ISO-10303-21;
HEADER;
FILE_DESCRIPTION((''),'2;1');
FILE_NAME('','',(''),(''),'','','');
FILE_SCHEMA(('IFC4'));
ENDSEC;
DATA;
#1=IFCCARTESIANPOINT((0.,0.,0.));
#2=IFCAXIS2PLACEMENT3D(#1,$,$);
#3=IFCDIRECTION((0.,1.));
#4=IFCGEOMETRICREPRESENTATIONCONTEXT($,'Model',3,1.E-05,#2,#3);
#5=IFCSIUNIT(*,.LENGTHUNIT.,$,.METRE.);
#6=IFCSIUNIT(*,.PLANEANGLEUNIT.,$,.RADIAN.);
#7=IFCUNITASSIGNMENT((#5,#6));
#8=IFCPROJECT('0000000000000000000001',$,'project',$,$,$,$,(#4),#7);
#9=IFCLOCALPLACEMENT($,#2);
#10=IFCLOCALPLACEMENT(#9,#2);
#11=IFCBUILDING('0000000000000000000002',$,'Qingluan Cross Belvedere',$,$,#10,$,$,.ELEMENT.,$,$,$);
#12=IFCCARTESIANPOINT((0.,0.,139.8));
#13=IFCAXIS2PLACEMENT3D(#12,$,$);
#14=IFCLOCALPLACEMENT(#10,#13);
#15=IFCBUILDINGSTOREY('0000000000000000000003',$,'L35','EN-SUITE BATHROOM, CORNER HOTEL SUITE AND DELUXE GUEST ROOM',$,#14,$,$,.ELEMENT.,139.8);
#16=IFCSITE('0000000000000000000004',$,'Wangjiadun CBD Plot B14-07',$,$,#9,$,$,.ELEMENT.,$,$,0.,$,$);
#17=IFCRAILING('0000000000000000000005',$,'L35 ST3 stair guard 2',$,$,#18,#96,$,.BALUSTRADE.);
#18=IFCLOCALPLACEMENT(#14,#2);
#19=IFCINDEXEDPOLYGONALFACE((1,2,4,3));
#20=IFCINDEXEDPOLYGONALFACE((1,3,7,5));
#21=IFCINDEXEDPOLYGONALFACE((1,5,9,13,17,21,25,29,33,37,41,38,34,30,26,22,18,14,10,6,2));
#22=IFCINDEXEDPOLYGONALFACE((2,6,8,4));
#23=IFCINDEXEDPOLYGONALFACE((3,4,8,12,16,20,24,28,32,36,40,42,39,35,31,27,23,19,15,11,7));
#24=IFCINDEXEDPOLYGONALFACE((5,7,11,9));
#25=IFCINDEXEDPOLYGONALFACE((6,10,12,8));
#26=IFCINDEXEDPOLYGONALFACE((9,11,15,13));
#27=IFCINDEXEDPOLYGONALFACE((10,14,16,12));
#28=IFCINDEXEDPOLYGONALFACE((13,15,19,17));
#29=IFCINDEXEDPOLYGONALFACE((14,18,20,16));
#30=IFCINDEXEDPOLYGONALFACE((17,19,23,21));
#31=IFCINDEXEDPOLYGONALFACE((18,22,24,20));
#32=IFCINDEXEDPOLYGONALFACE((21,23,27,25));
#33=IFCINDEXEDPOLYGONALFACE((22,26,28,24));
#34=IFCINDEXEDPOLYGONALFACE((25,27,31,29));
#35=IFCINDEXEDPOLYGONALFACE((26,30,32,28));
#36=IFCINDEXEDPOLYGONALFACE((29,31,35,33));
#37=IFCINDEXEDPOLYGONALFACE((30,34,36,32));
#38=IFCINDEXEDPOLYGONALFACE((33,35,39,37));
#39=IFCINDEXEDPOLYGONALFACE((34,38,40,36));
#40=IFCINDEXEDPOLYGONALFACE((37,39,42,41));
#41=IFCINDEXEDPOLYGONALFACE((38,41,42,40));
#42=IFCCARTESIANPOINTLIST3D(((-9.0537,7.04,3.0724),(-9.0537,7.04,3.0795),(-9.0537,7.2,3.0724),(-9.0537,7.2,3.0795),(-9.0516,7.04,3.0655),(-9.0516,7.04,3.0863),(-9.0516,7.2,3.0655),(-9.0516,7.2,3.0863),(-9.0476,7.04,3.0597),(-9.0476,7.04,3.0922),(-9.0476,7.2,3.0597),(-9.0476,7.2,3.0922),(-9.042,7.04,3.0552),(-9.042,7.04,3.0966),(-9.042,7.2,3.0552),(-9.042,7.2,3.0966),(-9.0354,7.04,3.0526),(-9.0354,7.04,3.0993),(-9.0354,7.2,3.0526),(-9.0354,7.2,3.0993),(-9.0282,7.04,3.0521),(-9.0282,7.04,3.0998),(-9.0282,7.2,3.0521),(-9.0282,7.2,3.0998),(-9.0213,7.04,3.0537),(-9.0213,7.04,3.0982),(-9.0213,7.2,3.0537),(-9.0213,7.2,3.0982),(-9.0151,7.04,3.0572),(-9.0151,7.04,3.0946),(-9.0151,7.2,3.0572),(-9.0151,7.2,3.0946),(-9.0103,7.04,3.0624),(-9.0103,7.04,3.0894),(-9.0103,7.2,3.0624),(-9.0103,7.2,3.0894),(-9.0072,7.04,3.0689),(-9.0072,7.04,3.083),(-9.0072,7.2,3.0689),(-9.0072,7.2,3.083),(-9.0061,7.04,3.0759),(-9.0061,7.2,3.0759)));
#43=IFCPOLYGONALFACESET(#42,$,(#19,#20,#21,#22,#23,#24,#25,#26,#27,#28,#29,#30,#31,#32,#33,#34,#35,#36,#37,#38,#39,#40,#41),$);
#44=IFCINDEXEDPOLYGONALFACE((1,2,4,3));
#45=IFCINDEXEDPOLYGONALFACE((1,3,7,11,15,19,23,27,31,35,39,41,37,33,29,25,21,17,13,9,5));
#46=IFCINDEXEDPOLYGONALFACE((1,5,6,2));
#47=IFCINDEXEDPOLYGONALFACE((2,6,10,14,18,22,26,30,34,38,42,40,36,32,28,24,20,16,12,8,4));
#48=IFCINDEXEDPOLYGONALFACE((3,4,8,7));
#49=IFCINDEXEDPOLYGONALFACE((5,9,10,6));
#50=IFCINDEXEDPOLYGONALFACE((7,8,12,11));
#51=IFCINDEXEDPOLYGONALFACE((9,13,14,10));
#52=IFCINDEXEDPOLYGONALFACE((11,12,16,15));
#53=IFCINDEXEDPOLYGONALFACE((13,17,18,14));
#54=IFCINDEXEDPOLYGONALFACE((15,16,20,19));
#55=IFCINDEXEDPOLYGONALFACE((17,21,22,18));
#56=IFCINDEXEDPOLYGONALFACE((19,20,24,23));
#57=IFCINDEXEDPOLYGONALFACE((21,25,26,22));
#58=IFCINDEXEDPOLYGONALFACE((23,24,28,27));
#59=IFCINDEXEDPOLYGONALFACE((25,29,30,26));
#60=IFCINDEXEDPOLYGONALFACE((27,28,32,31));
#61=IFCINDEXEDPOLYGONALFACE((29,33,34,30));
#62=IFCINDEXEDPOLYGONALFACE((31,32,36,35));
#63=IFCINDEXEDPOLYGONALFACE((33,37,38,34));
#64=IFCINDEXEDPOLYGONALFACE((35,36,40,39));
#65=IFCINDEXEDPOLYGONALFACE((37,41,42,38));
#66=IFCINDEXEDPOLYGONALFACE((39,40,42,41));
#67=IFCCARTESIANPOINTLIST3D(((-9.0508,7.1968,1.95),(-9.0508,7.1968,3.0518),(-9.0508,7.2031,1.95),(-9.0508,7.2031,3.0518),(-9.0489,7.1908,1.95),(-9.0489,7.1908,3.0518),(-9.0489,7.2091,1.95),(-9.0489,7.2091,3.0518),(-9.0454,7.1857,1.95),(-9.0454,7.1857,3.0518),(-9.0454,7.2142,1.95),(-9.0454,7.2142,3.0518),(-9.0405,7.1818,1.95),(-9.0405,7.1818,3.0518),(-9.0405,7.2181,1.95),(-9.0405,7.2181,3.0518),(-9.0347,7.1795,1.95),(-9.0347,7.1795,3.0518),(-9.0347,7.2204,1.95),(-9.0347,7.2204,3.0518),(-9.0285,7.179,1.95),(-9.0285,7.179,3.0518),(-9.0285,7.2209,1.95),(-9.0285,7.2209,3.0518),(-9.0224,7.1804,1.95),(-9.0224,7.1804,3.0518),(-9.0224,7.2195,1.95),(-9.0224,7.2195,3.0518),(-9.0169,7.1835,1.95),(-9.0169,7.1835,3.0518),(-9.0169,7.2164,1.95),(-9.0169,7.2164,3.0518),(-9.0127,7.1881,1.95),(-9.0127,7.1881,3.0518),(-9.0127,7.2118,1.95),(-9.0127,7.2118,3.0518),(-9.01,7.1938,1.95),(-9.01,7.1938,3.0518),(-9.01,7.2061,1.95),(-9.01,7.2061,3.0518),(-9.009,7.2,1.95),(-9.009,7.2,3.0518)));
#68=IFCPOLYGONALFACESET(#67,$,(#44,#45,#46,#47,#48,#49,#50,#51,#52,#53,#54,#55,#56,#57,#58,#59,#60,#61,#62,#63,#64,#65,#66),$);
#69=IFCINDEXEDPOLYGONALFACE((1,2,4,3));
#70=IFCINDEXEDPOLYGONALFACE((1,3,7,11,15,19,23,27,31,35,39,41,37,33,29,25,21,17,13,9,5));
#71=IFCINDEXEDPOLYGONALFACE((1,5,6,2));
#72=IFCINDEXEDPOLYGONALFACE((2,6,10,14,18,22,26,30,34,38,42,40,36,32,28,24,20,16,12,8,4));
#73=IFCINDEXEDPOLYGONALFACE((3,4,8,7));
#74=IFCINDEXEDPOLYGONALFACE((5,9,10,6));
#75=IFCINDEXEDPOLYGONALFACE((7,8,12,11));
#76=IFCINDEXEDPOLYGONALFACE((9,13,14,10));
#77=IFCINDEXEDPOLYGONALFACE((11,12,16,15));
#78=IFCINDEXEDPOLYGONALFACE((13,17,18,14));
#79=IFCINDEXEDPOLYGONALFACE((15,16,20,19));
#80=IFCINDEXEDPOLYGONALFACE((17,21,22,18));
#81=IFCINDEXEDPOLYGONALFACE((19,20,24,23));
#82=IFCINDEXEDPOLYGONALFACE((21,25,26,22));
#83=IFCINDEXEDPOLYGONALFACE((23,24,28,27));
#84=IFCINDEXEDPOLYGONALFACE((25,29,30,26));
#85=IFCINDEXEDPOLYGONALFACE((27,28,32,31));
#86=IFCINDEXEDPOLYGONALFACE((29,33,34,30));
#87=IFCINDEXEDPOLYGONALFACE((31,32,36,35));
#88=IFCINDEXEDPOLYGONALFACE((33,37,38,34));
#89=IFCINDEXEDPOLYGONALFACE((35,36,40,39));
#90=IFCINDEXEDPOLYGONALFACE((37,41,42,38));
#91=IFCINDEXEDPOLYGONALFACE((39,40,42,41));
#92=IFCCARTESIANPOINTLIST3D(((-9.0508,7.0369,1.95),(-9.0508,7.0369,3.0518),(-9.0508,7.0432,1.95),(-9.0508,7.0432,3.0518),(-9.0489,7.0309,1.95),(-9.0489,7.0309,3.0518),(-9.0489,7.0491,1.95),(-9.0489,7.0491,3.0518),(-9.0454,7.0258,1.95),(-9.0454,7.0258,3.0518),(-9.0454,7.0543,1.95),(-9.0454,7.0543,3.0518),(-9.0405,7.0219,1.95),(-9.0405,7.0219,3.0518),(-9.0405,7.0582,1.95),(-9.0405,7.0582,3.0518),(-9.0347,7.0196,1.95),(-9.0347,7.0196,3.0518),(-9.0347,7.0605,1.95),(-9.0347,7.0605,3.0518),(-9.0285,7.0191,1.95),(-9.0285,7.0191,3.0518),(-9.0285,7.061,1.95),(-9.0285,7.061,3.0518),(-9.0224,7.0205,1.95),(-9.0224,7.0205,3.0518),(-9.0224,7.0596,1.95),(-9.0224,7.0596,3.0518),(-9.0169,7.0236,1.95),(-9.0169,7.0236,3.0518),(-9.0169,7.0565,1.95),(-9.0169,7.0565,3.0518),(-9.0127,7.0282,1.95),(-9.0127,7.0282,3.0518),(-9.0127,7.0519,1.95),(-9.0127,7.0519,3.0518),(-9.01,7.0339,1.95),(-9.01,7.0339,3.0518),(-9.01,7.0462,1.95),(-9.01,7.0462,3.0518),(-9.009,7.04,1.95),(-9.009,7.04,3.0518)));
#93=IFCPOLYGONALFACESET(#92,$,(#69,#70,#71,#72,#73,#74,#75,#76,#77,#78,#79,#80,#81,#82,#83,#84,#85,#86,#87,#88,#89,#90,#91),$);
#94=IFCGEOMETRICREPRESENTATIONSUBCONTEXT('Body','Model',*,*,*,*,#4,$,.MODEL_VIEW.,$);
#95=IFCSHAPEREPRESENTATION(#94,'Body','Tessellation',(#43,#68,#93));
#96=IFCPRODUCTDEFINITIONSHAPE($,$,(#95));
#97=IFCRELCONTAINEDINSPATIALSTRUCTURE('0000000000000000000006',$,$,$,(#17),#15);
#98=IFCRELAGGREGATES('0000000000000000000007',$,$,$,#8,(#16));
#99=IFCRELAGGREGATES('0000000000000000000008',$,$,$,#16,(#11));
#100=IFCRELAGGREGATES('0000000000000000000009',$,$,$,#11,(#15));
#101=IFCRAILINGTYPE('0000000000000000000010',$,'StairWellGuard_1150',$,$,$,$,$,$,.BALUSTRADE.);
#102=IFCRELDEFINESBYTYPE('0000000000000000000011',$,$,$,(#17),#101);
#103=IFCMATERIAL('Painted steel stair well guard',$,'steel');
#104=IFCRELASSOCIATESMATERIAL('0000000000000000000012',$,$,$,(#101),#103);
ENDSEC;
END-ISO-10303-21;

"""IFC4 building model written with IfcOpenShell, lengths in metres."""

from ifc_helpers import new_model, si_unit, direction, frame, origin, origin_2d, place, context, subcontext, project, spatial, circle, extrude, material, type_object, element, save


model = new_model("IFC4")

# Units and contexts
model_context = context("Model", 3, precision=1e-05, world=origin(), true_north=direction((0.0, 1.0)))
body_context = subcontext(model_context, "Body", "Model", "MODEL_VIEW")
ifc_project = project(units=[si_unit("LENGTHUNIT", "METRE"), si_unit("PLANEANGLEUNIT", "RADIAN")], contexts=[model_context])

# Site, building, storey
site_placement = place(None, origin())
site = spatial("IfcSite", under=ifc_project, at=site_placement, Name="Wangjiadun CBD Plot B14-07", CompositionType="ELEMENT", RefElevation=0.0)
building_placement = place(site_placement, origin())
building = spatial("IfcBuilding", under=site, at=building_placement, Name="Qingluan Cross Belvedere", CompositionType="ELEMENT")
storey_placement = place(building_placement, frame((0.0, 0.0, 139.8)))
storey = spatial("IfcBuildingStorey", under=building, at=storey_placement, Name="L35", Description="EN-SUITE BATHROOM, CORNER HOTEL SUITE AND DELUXE GUEST ROOM", CompositionType="ELEMENT", Elevation=139.8)

# Railing
ifc_material_1 = material(Name="Painted steel stair well guard", Category="steel")
railing_type_1 = type_object("IfcRailingType", Name="StairWellGuard_1150", PredefinedType="BALUSTRADE", material=ifc_material_1)
railing_1_placement = place(storey_placement, frame((-9.03, 7.2, 1.95)))
element("IfcRailing", 1, at=railing_1_placement, inside=storey, type_object=railing_type_1, Name="L35 ST3 stair guard 2", PredefinedType="BALUSTRADE", context=body_context, shape_type="SweptSolid", body=[
    extrude(circle(Radius=0.0239, at=origin_2d()), frame((0.0, 0.0, 1.126), z_axis=(0.0, -1.0, 0.0), x_axis=(1.0, 0.0, 0.0)), (0.0, 0.0, 1.0), 0.1599),
    extrude(circle(Radius=0.021, at=origin_2d()), origin(), (0.0, 0.0, 1.0), 1.1018),
    extrude(circle(Radius=0.021, at=origin_2d()), frame((0.0, -0.1599, 0.0)), (0.0, 0.0, 1.0), 1.1018),
])

save(model, "model.ifc")
